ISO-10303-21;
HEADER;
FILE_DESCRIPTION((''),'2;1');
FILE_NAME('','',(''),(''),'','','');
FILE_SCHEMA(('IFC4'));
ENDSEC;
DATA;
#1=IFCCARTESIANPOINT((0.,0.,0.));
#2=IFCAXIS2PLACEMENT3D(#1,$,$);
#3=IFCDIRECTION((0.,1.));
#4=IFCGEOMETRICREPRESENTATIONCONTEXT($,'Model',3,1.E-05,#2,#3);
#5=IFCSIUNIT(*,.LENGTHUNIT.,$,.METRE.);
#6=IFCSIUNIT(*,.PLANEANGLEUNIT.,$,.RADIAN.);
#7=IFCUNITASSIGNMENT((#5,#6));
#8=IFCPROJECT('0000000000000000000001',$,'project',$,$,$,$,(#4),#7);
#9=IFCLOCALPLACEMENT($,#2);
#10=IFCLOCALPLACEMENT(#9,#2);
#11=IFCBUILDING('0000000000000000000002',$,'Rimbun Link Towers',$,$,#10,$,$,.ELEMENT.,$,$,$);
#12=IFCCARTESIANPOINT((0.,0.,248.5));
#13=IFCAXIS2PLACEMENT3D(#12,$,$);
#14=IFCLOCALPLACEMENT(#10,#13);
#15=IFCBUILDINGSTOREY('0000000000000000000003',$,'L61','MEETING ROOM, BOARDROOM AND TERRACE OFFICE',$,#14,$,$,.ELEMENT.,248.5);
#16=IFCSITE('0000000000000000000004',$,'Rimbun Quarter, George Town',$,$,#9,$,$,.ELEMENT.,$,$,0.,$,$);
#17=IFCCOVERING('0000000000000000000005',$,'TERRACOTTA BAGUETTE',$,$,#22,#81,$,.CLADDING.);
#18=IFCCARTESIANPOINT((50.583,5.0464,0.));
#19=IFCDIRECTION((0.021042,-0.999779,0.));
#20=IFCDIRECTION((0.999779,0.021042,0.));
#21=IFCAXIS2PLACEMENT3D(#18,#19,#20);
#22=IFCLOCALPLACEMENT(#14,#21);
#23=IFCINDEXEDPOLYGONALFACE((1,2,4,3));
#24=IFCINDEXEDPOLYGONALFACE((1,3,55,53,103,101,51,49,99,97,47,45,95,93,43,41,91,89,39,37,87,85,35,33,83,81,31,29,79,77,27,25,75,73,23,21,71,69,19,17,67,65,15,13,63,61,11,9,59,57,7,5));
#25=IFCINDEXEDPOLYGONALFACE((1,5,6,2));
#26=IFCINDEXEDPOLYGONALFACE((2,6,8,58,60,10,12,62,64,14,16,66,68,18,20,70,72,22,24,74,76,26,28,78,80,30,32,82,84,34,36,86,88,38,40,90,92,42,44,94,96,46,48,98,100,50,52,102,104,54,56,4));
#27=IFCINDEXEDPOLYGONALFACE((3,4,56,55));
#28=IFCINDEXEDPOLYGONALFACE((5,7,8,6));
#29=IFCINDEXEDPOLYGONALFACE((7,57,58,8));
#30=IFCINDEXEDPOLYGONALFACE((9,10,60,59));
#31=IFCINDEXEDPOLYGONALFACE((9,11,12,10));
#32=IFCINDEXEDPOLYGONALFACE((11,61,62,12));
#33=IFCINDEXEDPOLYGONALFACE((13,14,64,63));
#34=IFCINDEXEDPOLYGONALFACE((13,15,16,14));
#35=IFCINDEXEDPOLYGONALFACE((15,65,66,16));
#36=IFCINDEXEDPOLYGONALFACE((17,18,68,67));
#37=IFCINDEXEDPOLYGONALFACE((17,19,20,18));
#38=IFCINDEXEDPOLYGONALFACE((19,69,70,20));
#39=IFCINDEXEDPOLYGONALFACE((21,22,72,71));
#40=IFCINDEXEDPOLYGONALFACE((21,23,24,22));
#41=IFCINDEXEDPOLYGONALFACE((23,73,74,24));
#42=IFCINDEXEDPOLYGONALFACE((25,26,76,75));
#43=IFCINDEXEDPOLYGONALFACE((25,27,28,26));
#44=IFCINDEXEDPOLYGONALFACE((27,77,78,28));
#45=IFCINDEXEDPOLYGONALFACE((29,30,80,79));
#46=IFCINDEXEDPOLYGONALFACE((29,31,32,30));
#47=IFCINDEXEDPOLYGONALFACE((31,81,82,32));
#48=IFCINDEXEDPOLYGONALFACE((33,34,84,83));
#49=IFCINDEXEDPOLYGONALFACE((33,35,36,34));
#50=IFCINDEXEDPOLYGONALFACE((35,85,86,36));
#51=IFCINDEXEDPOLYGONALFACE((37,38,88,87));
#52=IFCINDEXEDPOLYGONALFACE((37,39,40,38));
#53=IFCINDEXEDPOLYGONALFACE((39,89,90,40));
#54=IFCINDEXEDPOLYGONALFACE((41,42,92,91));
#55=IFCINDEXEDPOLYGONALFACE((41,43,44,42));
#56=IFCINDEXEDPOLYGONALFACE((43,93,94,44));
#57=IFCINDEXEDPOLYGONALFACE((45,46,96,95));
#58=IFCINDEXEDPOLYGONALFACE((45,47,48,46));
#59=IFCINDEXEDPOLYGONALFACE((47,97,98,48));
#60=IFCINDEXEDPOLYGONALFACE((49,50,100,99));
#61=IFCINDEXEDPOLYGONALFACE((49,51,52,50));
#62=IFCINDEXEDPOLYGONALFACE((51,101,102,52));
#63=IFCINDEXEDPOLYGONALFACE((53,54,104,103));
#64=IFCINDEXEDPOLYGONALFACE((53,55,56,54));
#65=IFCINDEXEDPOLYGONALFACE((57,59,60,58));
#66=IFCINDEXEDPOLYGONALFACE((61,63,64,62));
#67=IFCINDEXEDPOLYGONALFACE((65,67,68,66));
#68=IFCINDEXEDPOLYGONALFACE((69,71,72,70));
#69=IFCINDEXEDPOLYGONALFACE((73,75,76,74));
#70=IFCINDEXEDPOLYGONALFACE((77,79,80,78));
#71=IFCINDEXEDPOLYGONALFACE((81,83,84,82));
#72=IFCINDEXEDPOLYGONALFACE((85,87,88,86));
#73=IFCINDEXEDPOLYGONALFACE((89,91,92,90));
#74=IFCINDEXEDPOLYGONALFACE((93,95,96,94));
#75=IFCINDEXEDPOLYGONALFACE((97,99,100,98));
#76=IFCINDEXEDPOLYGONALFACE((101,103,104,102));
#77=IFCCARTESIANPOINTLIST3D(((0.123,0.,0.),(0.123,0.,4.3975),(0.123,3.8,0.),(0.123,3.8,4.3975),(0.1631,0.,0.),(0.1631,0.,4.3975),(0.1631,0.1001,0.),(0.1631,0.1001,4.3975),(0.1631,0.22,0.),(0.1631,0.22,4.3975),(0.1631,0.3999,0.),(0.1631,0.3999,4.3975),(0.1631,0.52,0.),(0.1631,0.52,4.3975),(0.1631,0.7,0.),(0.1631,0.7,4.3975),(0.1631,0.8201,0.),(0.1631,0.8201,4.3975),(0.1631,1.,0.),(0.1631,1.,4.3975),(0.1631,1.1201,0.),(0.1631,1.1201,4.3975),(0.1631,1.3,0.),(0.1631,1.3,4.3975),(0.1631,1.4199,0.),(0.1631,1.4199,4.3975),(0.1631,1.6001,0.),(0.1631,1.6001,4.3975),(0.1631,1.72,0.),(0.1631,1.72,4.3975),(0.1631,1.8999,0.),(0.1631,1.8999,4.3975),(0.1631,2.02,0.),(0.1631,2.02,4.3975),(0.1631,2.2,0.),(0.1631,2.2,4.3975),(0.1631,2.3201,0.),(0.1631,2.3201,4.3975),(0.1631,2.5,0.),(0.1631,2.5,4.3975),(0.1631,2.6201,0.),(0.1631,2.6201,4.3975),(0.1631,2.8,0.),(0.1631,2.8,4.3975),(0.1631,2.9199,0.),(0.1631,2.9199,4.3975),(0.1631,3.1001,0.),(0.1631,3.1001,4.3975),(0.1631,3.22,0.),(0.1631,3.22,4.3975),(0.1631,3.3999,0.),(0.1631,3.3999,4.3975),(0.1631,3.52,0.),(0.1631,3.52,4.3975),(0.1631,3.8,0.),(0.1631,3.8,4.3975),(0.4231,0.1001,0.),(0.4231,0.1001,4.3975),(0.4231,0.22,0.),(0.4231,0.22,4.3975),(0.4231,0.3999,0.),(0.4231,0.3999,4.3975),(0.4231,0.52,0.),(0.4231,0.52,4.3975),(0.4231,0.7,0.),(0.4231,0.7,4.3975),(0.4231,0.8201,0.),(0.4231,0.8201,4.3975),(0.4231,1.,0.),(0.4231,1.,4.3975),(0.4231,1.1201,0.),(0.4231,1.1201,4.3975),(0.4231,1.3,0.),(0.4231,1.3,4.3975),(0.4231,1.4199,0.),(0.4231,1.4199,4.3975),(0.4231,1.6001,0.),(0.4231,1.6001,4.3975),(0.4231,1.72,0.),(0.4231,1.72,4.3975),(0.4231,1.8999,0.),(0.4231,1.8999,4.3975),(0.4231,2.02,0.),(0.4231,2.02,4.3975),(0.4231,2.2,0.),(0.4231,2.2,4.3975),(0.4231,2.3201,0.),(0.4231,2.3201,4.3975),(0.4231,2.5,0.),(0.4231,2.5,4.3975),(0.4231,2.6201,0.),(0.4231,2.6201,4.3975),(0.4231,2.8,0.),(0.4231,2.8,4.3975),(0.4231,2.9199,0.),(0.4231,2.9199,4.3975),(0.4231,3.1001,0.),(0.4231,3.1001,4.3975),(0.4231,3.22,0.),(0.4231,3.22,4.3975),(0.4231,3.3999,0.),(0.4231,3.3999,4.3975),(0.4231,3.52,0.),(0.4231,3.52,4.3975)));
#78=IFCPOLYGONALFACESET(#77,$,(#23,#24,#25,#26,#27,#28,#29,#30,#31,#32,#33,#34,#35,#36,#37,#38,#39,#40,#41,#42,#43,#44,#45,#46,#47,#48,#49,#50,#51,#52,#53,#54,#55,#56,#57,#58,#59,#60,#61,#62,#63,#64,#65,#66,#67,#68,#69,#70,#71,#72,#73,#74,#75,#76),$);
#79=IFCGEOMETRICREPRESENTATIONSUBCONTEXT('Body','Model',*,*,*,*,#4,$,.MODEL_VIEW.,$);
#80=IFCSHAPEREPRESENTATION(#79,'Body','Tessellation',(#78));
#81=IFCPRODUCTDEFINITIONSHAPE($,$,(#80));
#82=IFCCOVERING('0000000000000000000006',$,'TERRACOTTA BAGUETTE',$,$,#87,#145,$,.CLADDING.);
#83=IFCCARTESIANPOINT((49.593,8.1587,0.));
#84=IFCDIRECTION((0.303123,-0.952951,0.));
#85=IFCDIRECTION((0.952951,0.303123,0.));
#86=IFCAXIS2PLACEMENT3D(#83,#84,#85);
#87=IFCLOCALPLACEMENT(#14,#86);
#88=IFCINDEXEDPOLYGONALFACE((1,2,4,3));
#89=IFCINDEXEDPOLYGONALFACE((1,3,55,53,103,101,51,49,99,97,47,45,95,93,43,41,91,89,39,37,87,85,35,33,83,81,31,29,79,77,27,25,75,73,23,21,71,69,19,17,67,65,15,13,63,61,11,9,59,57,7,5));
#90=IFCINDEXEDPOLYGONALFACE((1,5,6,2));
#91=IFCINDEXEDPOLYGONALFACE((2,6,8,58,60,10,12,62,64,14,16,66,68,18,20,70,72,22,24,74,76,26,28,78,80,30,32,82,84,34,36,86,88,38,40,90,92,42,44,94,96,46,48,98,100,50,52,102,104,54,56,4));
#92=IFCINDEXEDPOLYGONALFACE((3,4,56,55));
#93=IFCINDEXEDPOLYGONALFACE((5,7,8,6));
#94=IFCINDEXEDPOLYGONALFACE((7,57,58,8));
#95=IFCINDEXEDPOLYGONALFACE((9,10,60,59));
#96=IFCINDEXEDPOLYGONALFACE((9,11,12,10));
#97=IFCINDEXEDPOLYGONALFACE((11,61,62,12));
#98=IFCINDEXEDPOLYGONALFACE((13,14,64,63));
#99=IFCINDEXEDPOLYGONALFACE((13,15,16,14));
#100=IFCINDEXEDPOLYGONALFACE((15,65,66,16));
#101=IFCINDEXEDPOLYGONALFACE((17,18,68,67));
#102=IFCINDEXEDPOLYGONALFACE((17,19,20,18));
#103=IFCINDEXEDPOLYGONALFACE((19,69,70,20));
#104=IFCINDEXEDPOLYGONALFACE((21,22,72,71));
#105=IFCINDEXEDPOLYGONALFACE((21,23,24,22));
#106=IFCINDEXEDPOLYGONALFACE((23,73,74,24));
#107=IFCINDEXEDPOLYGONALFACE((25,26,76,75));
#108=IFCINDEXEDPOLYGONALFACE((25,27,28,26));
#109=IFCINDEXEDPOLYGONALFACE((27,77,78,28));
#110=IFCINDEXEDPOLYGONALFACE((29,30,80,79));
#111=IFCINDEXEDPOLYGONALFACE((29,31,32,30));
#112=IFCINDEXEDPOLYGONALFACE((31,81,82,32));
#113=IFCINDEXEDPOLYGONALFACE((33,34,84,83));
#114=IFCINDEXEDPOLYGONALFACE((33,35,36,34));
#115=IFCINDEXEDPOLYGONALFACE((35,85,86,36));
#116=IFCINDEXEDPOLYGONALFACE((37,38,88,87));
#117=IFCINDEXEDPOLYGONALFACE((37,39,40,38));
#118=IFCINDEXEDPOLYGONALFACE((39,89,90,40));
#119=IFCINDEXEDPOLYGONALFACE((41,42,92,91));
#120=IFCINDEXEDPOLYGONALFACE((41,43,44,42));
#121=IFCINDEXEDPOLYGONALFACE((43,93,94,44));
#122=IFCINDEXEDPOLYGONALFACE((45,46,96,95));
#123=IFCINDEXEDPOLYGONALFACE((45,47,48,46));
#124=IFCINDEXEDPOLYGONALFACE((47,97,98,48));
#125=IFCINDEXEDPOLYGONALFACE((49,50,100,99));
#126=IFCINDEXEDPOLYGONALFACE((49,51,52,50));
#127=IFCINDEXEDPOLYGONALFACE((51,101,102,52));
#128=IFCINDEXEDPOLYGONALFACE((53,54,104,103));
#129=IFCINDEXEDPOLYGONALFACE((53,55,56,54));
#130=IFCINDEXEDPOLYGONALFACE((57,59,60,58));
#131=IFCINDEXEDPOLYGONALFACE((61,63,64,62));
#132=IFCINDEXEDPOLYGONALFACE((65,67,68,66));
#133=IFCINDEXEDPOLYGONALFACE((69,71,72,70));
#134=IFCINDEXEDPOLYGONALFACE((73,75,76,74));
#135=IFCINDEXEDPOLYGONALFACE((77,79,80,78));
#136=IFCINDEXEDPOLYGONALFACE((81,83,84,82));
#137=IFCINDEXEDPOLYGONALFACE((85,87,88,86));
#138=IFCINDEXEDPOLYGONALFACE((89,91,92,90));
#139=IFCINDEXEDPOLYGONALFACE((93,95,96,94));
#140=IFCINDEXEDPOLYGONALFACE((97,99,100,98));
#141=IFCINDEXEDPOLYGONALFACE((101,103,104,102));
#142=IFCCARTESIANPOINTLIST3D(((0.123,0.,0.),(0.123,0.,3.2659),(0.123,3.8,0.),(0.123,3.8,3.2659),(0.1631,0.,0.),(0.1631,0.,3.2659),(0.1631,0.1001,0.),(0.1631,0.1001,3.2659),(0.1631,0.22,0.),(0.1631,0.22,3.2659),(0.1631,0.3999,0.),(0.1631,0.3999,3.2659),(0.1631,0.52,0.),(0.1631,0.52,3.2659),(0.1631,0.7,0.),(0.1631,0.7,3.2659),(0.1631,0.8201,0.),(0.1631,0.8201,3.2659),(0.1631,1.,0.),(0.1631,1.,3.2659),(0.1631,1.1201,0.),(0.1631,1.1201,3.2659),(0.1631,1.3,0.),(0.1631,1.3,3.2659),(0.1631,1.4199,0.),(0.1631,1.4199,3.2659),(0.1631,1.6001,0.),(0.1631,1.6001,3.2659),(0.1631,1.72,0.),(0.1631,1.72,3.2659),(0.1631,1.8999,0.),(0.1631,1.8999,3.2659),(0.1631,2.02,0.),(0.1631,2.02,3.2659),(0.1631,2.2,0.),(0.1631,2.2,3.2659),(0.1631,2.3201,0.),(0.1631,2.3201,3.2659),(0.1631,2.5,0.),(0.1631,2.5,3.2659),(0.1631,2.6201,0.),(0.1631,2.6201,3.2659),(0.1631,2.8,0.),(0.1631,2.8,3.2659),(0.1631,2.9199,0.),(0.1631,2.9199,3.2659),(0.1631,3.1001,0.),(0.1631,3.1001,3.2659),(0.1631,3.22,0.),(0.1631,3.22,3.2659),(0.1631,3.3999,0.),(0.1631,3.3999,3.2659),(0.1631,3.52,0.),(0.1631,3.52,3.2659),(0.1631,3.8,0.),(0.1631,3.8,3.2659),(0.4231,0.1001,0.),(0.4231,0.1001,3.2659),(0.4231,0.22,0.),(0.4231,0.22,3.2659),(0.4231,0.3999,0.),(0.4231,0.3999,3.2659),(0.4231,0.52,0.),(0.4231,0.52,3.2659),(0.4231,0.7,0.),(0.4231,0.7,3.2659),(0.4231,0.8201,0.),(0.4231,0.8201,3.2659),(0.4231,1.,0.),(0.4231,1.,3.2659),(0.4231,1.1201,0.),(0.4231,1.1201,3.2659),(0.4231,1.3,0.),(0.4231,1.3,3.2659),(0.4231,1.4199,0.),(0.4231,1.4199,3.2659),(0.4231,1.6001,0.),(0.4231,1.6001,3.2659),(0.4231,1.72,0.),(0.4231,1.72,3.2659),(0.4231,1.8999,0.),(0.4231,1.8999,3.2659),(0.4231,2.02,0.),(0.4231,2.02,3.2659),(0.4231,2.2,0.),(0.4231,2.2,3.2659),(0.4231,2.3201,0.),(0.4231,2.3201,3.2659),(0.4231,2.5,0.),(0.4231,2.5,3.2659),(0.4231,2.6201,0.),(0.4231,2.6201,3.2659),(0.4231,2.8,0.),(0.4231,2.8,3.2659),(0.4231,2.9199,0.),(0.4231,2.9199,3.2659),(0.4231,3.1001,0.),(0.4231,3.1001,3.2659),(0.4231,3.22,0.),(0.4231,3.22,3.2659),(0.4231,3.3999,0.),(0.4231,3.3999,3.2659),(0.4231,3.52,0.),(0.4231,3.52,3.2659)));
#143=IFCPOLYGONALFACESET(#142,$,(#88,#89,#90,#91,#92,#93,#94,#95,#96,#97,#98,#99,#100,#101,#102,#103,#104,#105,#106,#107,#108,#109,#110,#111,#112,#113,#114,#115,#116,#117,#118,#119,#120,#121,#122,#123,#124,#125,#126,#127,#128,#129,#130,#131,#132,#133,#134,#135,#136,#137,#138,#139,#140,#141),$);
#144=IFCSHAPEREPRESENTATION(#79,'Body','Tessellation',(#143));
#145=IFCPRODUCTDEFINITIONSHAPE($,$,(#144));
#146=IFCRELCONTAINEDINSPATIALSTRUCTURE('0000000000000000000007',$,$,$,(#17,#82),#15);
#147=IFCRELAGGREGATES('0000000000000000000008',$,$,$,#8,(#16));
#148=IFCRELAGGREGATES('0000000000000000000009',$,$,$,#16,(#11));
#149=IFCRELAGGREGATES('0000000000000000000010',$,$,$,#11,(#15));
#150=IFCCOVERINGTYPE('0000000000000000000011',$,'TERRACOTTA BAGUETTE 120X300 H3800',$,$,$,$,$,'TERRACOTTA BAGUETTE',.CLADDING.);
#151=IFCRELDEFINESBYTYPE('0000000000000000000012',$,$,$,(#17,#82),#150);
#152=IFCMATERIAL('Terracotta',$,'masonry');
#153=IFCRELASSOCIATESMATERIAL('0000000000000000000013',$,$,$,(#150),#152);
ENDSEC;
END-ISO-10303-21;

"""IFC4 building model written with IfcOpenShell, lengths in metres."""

from ifc_helpers import new_model, si_unit, direction, frame, origin, place, context, subcontext, project, spatial, polyline, outline, extrude, material, material_profile, profile_set, type_object, element, save


model = new_model("IFC4")

# Units and contexts
model_context = context("Model", 3, precision=1e-05, world=origin(), true_north=direction((0.0, 1.0)))
body_context = subcontext(model_context, "Body", "Model", "MODEL_VIEW")
ifc_project = project(units=[si_unit("LENGTHUNIT", "METRE"), si_unit("PLANEANGLEUNIT", "RADIAN")], contexts=[model_context])

# Site, building, storey
site_placement = place(None, origin())
site = spatial("IfcSite", under=ifc_project, at=site_placement, Name="Rimbun Quarter, George Town", CompositionType="ELEMENT", RefElevation=0.0)
building_placement = place(site_placement, origin())
building = spatial("IfcBuilding", under=site, at=building_placement, Name="Rimbun Link Towers", CompositionType="ELEMENT")
storey_placement = place(building_placement, frame((0.0, 0.0, 248.5)))
storey = spatial("IfcBuildingStorey", under=building, at=storey_placement, Name="L61", Description="MEETING ROOM, BOARDROOM AND TERRACE OFFICE", CompositionType="ELEMENT", Elevation=248.5)

# Coverings
ifc_material_1 = material(Name="Terracotta", Category="masonry")
ifc_material_profile_1 = material_profile(ifc_material_1, outline(polyline([(0.123, 0.0), (0.1631, 0.0), (0.1631, 0.1001), (0.4231, 0.1001), (0.4231, 0.22), (0.1631, 0.22), (0.1631, 0.3999), (0.4231, 0.3999), (0.4231, 0.52), (0.1631, 0.52), (0.1631, 0.7), (0.4231, 0.7), (0.4231, 0.8201), (0.1631, 0.8201), (0.1631, 1.0), (0.4231, 1.0), (0.4231, 1.1201), (0.1631, 1.1201), (0.1631, 1.3), (0.4231, 1.3), (0.4231, 1.4199), (0.1631, 1.4199), (0.1631, 1.6001), (0.4231, 1.6001), (0.4231, 1.72), (0.1631, 1.72), (0.1631, 1.8999), (0.4231, 1.8999), (0.4231, 2.02), (0.1631, 2.02), (0.1631, 2.2), (0.4231, 2.2), (0.4231, 2.3201), (0.1631, 2.3201), (0.1631, 2.5), (0.4231, 2.5), (0.4231, 2.6201), (0.1631, 2.6201), (0.1631, 2.8), (0.4231, 2.8), (0.4231, 2.9199), (0.1631, 2.9199), (0.1631, 3.1001), (0.4231, 3.1001), (0.4231, 3.22), (0.1631, 3.22), (0.1631, 3.3999), (0.4231, 3.3999), (0.4231, 3.52), (0.1631, 3.52), (0.1631, 3.8), (0.123, 3.8), (0.123, 0.0)])), Name="BAGUETTE 120X300")
ifc_profile_set_1 = profile_set([ifc_material_profile_1], Name="Terracotta")
covering_type = type_object("IfcCoveringType", Name="TERRACOTTA BAGUETTE 120X300 H3800", ElementType="TERRACOTTA BAGUETTE", PredefinedType="CLADDING", material=ifc_profile_set_1)
covering_1_placement = place(storey_placement, frame((50.583, 5.0464, 0.0), z_axis=(0.021042, -0.999779, 0.0), x_axis=(0.999779, 0.021042, 0.0)))
element("IfcCovering", 1, at=covering_1_placement, inside=storey, type_object=covering_type, Name="TERRACOTTA BAGUETTE", PredefinedType="CLADDING", context=body_context, shape_type="SweptSolid", body=[
    extrude(outline(polyline([(0.123, 0.0), (0.1631, 0.0), (0.1631, 0.1001), (0.4231, 0.1001), (0.4231, 0.22), (0.1631, 0.22), (0.1631, 0.3999), (0.4231, 0.3999), (0.4231, 0.52), (0.1631, 0.52), (0.1631, 0.7), (0.4231, 0.7), (0.4231, 0.8201), (0.1631, 0.8201), (0.1631, 1.0), (0.4231, 1.0), (0.4231, 1.1201), (0.1631, 1.1201), (0.1631, 1.3), (0.4231, 1.3), (0.4231, 1.4199), (0.1631, 1.4199), (0.1631, 1.6001), (0.4231, 1.6001), (0.4231, 1.72), (0.1631, 1.72), (0.1631, 1.8999), (0.4231, 1.8999), (0.4231, 2.02), (0.1631, 2.02), (0.1631, 2.2), (0.4231, 2.2), (0.4231, 2.3201), (0.1631, 2.3201), (0.1631, 2.5), (0.4231, 2.5), (0.4231, 2.6201), (0.1631, 2.6201), (0.1631, 2.8), (0.4231, 2.8), (0.4231, 2.9199), (0.1631, 2.9199), (0.1631, 3.1001), (0.4231, 3.1001), (0.4231, 3.22), (0.1631, 3.22), (0.1631, 3.3999), (0.4231, 3.3999), (0.4231, 3.52), (0.1631, 3.52), (0.1631, 3.8), (0.123, 3.8), (0.123, 0.0)])), origin(), (0.0, 0.0, 1.0), 4.3975),
])
covering_2_placement = place(storey_placement, frame((49.593, 8.1587, 0.0), z_axis=(0.303123, -0.952951, 0.0), x_axis=(0.952951, 0.303123, 0.0)))
element("IfcCovering", 2, at=covering_2_placement, inside=storey, type_object=covering_type, Name="TERRACOTTA BAGUETTE", PredefinedType="CLADDING", context=body_context, shape_type="SweptSolid", body=[
    extrude(outline(polyline([(0.123, 0.0), (0.1631, 0.0), (0.1631, 0.1001), (0.4231, 0.1001), (0.4231, 0.22), (0.1631, 0.22), (0.1631, 0.3999), (0.4231, 0.3999), (0.4231, 0.52), (0.1631, 0.52), (0.1631, 0.7), (0.4231, 0.7), (0.4231, 0.8201), (0.1631, 0.8201), (0.1631, 1.0), (0.4231, 1.0), (0.4231, 1.1201), (0.1631, 1.1201), (0.1631, 1.3), (0.4231, 1.3), (0.4231, 1.4199), (0.1631, 1.4199), (0.1631, 1.6001), (0.4231, 1.6001), (0.4231, 1.72), (0.1631, 1.72), (0.1631, 1.8999), (0.4231, 1.8999), (0.4231, 2.02), (0.1631, 2.02), (0.1631, 2.2), (0.4231, 2.2), (0.4231, 2.3201), (0.1631, 2.3201), (0.1631, 2.5), (0.4231, 2.5), (0.4231, 2.6201), (0.1631, 2.6201), (0.1631, 2.8), (0.4231, 2.8), (0.4231, 2.9199), (0.1631, 2.9199), (0.1631, 3.1001), (0.4231, 3.1001), (0.4231, 3.22), (0.1631, 3.22), (0.1631, 3.3999), (0.4231, 3.3999), (0.4231, 3.52), (0.1631, 3.52), (0.1631, 3.8), (0.123, 3.8), (0.123, 0.0)])), origin(), (0.0, 0.0, 1.0), 3.2659),
])

save(model, "model.ifc")
